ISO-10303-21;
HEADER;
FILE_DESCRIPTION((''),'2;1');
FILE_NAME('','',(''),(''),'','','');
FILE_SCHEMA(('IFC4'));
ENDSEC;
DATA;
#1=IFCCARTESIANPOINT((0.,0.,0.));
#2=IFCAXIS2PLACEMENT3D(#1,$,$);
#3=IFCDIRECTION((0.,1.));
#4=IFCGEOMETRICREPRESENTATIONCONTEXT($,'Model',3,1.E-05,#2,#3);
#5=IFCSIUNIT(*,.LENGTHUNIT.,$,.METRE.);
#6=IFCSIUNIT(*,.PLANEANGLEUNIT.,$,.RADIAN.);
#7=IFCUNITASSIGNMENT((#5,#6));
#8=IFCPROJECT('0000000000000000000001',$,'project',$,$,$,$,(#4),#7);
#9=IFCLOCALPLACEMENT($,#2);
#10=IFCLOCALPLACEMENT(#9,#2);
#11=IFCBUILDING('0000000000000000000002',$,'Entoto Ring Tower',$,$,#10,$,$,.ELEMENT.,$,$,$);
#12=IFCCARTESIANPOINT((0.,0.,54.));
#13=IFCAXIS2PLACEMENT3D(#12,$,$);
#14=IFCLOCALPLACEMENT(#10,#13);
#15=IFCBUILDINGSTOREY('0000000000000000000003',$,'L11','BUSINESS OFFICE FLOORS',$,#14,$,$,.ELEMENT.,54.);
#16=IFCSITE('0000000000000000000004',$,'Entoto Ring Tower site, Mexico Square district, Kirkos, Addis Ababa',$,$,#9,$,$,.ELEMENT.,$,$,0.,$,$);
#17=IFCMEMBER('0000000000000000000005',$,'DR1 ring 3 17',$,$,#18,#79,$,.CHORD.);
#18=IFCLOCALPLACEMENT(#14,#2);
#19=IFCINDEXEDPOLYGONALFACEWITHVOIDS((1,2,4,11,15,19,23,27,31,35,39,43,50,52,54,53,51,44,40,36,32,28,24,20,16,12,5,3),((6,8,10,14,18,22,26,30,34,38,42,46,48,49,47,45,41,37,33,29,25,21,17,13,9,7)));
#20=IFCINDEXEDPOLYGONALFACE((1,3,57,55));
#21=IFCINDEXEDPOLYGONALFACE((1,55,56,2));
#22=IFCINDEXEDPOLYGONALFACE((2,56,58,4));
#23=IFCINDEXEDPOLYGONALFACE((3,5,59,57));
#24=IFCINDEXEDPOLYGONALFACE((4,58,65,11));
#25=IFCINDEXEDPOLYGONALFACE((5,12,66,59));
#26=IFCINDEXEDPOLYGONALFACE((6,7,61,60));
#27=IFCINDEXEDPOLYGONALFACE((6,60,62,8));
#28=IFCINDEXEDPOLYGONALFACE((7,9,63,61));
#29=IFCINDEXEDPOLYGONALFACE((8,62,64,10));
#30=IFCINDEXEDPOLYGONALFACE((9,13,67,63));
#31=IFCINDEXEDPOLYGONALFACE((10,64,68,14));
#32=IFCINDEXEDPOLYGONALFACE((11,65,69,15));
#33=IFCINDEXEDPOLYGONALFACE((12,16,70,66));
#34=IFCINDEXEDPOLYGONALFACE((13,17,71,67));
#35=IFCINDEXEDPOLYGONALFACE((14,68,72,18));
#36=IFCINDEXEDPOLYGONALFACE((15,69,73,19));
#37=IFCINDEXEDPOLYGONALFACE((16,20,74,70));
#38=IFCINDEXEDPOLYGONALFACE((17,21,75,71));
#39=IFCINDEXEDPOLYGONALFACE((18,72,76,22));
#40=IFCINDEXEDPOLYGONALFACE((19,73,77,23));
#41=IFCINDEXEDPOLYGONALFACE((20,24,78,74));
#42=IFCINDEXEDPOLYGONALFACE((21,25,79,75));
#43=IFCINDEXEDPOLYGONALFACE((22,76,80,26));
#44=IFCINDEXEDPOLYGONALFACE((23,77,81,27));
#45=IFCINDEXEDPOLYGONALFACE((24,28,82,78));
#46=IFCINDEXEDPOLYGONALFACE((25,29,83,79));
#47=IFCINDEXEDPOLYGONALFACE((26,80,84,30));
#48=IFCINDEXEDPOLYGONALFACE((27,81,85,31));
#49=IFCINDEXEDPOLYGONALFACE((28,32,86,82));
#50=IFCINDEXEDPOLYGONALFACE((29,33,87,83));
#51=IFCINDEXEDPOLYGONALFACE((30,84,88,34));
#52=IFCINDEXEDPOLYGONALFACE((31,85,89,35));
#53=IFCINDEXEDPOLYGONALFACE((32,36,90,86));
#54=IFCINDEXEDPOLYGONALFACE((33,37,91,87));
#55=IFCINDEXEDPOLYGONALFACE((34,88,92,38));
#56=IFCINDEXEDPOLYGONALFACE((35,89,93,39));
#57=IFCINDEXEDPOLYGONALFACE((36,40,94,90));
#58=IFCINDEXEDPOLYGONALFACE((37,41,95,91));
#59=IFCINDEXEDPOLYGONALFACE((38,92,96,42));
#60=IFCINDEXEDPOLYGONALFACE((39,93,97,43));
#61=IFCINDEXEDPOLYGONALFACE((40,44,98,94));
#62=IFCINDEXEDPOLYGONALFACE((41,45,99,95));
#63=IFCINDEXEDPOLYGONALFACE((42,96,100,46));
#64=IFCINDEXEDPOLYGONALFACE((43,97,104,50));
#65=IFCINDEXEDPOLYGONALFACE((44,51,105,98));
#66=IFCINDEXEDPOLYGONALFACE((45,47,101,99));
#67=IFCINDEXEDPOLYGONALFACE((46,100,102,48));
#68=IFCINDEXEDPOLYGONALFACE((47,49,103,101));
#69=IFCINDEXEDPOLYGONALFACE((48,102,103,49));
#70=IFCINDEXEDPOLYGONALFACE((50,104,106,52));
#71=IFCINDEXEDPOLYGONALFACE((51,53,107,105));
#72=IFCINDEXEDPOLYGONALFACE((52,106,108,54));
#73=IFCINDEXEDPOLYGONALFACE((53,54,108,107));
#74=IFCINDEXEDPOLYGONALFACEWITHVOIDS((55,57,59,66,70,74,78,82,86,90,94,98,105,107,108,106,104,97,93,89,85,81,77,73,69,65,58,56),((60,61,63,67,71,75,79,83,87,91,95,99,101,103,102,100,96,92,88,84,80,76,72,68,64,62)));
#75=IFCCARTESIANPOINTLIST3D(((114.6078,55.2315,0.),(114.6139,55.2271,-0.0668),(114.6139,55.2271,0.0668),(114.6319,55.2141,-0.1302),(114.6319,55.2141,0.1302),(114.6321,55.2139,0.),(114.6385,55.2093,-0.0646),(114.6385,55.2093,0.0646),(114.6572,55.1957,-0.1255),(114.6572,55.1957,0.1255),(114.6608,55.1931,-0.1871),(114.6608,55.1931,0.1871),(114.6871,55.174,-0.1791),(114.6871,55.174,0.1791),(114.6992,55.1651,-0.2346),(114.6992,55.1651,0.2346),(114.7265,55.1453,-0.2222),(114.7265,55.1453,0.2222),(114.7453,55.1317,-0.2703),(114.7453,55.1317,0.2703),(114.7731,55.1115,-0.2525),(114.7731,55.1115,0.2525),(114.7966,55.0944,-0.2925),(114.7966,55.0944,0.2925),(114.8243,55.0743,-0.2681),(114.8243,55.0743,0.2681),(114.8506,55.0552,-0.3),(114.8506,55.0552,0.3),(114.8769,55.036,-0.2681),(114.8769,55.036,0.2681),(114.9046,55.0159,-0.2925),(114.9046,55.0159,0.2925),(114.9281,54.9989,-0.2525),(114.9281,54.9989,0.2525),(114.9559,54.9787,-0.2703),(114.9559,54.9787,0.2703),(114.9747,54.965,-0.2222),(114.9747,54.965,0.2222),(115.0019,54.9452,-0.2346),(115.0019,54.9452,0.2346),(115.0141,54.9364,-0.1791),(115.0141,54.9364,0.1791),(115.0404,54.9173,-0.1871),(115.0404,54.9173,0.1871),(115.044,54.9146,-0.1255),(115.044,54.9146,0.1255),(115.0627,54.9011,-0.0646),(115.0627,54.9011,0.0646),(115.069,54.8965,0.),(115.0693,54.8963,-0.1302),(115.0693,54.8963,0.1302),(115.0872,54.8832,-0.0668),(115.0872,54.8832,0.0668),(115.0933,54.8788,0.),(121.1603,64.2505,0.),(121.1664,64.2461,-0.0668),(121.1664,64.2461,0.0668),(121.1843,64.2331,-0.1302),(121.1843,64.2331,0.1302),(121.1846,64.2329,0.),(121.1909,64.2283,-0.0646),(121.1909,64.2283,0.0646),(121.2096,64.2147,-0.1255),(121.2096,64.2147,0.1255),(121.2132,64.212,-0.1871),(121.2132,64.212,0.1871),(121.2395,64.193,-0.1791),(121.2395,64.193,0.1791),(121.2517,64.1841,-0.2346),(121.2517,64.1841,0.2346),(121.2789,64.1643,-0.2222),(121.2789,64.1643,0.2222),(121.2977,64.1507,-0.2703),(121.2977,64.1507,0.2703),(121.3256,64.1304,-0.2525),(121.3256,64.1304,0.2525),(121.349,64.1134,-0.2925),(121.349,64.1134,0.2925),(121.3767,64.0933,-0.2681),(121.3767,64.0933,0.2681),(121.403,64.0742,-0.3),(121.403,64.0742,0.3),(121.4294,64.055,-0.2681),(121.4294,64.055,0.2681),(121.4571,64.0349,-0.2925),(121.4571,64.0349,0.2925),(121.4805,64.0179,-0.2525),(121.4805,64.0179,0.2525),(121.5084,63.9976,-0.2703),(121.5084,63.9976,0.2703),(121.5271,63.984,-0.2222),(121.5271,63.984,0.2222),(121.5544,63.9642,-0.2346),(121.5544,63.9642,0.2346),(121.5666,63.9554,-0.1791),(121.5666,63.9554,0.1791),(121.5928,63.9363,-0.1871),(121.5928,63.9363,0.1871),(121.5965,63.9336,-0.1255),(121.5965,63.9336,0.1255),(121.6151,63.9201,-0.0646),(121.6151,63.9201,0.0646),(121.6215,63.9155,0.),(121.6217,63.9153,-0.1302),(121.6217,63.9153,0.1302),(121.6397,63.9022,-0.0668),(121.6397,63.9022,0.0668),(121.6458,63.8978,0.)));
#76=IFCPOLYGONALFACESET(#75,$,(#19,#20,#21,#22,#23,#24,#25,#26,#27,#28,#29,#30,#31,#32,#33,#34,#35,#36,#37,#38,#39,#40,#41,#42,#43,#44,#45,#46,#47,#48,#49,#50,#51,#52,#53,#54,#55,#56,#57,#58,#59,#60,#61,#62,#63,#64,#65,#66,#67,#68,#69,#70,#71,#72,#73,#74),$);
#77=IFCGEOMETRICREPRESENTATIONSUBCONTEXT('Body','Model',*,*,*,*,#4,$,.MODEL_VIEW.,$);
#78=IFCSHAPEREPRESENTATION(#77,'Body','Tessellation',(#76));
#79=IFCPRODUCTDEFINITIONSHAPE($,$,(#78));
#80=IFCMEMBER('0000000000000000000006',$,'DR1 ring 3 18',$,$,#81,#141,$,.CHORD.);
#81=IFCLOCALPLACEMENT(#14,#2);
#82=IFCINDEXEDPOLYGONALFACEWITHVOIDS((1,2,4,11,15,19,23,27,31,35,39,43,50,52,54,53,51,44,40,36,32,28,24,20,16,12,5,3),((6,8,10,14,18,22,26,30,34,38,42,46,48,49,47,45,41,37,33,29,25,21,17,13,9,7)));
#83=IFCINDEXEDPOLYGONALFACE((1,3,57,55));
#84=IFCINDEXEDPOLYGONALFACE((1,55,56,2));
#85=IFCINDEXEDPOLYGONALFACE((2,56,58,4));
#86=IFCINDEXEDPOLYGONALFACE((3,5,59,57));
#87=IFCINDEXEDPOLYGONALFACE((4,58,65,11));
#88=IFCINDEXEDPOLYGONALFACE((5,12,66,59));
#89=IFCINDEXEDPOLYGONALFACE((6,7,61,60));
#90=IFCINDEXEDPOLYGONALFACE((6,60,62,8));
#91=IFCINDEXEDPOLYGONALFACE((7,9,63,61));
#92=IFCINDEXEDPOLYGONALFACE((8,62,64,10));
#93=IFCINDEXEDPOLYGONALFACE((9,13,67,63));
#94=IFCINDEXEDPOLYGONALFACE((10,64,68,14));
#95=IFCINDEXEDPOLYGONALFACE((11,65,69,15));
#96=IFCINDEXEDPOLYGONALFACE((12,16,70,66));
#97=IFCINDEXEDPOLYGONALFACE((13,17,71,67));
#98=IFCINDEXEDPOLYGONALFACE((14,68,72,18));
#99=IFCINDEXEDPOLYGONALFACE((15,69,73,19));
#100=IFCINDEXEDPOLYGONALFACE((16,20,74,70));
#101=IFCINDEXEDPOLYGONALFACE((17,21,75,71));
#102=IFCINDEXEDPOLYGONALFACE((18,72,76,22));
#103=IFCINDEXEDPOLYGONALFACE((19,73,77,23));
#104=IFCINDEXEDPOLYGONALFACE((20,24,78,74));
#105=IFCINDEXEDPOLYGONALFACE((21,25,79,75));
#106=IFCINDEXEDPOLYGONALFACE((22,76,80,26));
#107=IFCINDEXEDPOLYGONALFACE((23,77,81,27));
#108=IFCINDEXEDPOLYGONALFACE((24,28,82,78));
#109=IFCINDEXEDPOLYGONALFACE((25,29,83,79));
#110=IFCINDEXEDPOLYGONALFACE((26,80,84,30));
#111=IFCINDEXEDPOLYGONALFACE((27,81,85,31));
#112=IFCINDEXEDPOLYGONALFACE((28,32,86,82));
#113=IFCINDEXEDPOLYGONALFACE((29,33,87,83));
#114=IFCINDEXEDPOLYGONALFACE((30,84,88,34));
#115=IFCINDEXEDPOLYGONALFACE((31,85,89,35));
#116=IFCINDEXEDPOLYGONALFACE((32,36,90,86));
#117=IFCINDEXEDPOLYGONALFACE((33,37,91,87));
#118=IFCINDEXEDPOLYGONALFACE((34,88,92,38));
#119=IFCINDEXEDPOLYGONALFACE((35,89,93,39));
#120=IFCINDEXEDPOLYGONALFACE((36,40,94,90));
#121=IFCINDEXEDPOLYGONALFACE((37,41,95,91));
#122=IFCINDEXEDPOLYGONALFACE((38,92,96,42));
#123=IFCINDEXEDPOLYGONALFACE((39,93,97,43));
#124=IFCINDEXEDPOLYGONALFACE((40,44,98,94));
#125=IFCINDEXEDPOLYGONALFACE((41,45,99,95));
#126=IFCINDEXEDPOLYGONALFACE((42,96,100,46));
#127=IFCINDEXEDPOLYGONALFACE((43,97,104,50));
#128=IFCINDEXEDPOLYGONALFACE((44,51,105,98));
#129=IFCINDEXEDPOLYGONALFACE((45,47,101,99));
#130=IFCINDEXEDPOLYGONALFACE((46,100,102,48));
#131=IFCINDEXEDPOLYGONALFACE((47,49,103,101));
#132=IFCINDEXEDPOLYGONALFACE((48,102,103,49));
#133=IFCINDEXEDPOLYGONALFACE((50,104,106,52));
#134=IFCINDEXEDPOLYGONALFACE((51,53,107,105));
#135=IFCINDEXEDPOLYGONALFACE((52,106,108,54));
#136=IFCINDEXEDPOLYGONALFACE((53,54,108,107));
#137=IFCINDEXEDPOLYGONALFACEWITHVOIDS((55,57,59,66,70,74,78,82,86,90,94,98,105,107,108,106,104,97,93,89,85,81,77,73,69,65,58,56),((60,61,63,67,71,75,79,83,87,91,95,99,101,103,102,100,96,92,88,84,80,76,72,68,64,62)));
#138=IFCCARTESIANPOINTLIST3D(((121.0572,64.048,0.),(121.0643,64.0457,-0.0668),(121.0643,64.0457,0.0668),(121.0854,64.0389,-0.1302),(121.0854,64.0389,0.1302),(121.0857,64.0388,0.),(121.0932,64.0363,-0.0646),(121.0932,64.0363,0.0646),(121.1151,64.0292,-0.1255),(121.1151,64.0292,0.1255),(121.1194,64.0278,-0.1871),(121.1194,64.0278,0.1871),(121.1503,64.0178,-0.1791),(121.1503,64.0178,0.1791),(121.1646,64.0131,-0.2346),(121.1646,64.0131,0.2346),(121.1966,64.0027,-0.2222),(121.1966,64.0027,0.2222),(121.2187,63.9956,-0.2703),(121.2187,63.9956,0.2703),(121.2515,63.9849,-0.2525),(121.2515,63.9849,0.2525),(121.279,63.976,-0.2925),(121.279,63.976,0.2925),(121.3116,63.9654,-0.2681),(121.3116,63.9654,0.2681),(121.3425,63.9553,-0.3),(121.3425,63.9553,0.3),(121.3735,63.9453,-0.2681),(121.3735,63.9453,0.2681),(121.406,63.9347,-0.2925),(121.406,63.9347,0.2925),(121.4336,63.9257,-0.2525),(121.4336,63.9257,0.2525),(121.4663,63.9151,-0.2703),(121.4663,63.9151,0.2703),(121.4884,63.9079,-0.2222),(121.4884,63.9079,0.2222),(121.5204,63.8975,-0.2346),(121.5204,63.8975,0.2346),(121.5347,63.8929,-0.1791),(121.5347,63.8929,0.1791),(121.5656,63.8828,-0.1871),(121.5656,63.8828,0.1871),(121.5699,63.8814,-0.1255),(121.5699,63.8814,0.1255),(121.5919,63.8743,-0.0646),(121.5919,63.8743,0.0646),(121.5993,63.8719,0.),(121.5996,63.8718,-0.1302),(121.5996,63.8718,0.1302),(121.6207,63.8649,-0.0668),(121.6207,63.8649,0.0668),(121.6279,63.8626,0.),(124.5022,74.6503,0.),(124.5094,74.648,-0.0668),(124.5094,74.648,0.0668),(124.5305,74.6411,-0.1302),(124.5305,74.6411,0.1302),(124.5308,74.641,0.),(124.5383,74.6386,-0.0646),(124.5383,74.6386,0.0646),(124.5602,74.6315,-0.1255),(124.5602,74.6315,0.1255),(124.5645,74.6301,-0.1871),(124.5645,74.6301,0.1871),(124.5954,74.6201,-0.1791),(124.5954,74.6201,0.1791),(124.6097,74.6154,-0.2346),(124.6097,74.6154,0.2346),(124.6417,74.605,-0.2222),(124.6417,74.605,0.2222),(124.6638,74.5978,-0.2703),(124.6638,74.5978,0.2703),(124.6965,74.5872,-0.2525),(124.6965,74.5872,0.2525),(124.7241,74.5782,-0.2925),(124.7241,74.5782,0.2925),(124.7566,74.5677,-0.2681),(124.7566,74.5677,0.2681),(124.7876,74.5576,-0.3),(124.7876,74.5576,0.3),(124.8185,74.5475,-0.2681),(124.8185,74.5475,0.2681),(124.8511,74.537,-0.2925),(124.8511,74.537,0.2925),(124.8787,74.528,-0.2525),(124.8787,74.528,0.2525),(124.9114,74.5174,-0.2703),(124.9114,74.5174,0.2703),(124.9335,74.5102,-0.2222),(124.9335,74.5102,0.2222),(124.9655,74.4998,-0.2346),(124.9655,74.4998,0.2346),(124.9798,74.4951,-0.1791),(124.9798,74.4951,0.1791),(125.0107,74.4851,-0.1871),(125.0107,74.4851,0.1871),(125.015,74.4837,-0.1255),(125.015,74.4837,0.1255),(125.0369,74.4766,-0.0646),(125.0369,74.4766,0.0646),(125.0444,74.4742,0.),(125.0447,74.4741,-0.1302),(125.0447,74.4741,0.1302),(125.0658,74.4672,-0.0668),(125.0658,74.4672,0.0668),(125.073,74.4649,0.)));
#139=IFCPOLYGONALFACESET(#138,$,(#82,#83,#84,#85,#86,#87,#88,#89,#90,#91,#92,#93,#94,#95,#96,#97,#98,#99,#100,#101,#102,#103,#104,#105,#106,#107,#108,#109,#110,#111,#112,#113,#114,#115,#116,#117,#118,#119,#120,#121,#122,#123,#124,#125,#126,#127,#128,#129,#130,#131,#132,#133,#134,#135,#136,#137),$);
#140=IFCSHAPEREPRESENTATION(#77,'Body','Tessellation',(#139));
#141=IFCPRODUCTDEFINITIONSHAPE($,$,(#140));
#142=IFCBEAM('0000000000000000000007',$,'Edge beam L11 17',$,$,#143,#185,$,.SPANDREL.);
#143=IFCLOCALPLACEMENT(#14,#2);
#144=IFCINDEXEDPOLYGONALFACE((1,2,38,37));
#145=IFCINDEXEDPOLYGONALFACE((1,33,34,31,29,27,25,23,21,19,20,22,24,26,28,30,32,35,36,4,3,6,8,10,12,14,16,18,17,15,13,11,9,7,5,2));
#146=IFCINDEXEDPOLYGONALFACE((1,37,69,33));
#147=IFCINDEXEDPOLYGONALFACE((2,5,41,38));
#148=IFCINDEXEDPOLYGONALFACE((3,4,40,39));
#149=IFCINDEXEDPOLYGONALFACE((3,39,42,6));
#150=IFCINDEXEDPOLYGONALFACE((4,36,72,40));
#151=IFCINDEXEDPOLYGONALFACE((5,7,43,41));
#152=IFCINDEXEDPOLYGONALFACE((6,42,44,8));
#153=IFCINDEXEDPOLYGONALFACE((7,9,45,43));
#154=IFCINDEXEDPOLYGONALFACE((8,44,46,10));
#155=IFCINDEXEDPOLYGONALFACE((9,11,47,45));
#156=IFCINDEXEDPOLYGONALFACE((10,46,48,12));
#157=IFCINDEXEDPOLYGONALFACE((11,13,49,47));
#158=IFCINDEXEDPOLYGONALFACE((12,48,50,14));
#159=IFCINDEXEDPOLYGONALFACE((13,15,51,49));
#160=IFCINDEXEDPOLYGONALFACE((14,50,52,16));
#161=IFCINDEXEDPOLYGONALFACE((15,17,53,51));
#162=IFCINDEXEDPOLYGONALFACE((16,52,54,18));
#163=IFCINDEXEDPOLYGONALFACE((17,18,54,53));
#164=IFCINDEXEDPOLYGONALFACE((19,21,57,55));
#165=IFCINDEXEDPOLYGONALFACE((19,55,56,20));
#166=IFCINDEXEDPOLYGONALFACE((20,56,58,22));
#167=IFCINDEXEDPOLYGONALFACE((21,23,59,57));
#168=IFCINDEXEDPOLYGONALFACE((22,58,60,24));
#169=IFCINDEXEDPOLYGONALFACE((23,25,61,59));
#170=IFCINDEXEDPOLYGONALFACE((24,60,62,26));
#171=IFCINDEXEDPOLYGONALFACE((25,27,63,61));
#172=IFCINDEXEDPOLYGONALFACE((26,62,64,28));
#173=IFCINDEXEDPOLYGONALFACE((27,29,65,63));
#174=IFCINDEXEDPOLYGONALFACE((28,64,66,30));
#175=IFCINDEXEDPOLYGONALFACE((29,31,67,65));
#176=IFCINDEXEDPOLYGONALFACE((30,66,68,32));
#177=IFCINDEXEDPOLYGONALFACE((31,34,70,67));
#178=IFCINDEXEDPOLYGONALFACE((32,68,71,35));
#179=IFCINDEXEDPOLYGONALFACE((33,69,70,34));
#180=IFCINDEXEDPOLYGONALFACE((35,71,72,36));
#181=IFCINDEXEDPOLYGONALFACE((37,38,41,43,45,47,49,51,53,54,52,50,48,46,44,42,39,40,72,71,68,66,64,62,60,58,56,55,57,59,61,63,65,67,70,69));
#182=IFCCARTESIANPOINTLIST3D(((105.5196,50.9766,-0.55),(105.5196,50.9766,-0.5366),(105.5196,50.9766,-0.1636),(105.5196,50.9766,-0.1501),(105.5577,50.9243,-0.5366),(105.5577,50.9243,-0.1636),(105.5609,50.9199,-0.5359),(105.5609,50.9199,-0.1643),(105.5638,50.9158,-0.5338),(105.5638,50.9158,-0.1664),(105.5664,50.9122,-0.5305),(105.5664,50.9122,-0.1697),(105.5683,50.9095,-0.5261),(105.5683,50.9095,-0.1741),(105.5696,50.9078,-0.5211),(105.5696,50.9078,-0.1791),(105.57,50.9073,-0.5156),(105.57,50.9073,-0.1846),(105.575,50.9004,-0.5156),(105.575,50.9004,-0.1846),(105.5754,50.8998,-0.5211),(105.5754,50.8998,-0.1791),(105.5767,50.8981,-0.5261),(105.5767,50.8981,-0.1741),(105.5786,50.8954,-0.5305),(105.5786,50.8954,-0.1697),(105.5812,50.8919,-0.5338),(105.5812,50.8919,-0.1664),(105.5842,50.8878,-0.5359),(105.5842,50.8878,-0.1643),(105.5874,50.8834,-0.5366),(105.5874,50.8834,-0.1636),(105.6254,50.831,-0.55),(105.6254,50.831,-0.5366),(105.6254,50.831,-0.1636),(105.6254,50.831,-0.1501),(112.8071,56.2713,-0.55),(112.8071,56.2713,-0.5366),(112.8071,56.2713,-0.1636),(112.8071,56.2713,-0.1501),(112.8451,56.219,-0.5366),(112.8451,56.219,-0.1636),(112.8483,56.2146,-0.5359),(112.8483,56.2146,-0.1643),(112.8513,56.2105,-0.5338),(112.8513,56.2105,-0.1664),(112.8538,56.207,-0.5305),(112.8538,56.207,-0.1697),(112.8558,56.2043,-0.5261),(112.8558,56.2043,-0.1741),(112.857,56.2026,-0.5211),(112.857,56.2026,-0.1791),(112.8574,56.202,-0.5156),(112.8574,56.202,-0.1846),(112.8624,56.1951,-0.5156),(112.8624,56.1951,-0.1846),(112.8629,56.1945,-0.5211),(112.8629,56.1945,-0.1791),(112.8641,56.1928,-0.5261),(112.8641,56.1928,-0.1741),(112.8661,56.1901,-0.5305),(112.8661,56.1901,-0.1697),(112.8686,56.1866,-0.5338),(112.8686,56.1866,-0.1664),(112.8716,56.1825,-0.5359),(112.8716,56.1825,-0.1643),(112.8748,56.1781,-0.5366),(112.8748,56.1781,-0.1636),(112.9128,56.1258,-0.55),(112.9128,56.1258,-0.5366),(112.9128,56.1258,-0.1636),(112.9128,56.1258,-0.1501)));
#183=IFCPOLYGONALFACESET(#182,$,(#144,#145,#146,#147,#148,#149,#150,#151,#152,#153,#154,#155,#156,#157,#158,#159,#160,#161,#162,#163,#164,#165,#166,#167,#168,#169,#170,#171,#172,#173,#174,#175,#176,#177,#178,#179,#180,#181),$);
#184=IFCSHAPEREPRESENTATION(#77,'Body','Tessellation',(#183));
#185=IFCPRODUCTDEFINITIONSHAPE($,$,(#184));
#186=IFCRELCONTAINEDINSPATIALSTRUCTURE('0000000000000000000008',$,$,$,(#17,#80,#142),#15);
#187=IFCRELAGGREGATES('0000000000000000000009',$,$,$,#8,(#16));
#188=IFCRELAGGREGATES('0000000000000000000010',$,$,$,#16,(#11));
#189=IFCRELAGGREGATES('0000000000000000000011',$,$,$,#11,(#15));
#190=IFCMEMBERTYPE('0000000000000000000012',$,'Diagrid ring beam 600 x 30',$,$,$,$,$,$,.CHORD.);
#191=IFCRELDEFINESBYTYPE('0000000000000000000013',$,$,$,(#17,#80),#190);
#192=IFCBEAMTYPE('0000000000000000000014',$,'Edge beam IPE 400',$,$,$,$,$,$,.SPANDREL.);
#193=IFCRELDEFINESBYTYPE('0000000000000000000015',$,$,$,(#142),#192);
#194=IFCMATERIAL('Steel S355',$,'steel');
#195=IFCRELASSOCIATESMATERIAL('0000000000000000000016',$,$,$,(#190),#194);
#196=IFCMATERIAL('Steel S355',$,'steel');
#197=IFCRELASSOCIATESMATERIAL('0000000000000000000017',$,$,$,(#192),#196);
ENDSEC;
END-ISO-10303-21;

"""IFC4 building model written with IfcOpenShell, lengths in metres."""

from ifc_helpers import new_model, si_unit, direction, frame, origin, origin_2d, place, context, subcontext, project, spatial, circle, hollow_circle, i_section, extrude, material, material_profile, profile_set, type_object, element, save


model = new_model("IFC4")

# Units and contexts
model_context = context("Model", 3, precision=1e-05, world=origin(), true_north=direction((0.0, 1.0)))
body_context = subcontext(model_context, "Body", "Model", "MODEL_VIEW")
ifc_project = project(units=[si_unit("LENGTHUNIT", "METRE"), si_unit("PLANEANGLEUNIT", "RADIAN")], contexts=[model_context])

# Site, building, storey
site_placement = place(None, origin())
site = spatial("IfcSite", under=ifc_project, at=site_placement, Name="Entoto Ring Tower site, Mexico Square district, Kirkos, Addis Ababa", CompositionType="ELEMENT", RefElevation=0.0)
building_placement = place(site_placement, origin())
building = spatial("IfcBuilding", under=site, at=building_placement, Name="Entoto Ring Tower", CompositionType="ELEMENT")
storey_placement = place(building_placement, frame((0.0, 0.0, 54.0)))
storey = spatial("IfcBuildingStorey", under=building, at=storey_placement, Name="L11", Description="BUSINESS OFFICE FLOORS", CompositionType="ELEMENT", Elevation=54.0)

# Members
ifc_material_1 = material(Name="Steel S355", Category="steel")
ifc_material_profile_1 = material_profile(ifc_material_1, hollow_circle(Radius=0.3, WallThickness=0.03, at=origin_2d()), Name="CHS 600 x 30")
ifc_material_2 = material(Name="Concrete C60/75", Category="concrete")
ifc_material_profile_2 = material_profile(ifc_material_2, circle(Radius=0.27, at=origin_2d()), Name="Concrete C60/75 infill")
ifc_profile_set_1 = profile_set([ifc_material_profile_1, ifc_material_profile_2], Name="Steel S355")
member_type_1 = type_object("IfcMemberType", Name="Diagrid ring beam 600 x 30", PredefinedType="CHORD", material=ifc_profile_set_1)
for number, where, z_axis, x_axis, name in (
    (1, (114.8506, 55.0552, 0.0), (0.587772, 0.809027, 0.0), (-0.809027, 0.587772, 0.0), "DR1 ring 3 17"),
    (2, (121.3425, 63.9553, 0.0), (0.309031, 0.951052, 0.0), (-0.951052, 0.309031, 0.0), "DR1 ring 3 18"),
):
    element("IfcMember", number, at=place(storey_placement, frame(where, z_axis=z_axis, x_axis=x_axis)), inside=storey, type_object=member_type_1, Name=name, PredefinedType="CHORD", context=body_context, shape_type="SweptSolid", body=[
        extrude(hollow_circle(Radius=0.3, WallThickness=0.03, at=origin_2d()), origin(), (0.0, 0.0, 1.0), 11.1479),
    ])

# Beam
ifc_material_3 = material(Name="Steel S355", Category="steel")
ifc_material_profile_3 = material_profile(ifc_material_3, i_section(OverallWidth=0.1799, OverallDepth=0.3999, WebThickness=0.0085, FlangeThickness=0.0134, FilletRadius=0.021, at=origin_2d()), Name="IPE 400")
ifc_profile_set_2 = profile_set([ifc_material_profile_3], Name="Steel S355")
beam_type = type_object("IfcBeamType", Name="Edge beam IPE 400", PredefinedType="SPANDREL", material=ifc_profile_set_2)
for number, where, z_axis, x_axis, name in (
    (3, (105.5725, 50.9038, -0.3501), (0.809011, 0.587793, 0.0), (-0.587793, 0.809011, 0.0), "Edge beam L11 17"),
):
    element("IfcBeam", number, at=place(storey_placement, frame(where, z_axis=z_axis, x_axis=x_axis)), inside=storey, type_object=beam_type, Name=name, PredefinedType="SPANDREL", context=body_context, shape_type="SweptSolid", body=[
        extrude(i_section(OverallWidth=0.1799, OverallDepth=0.3999, WebThickness=0.0085, FlangeThickness=0.0134, FilletRadius=0.021, at=origin_2d()), origin(), (0.0, 0.0, 1.0), 9.0078),
    ])

save(model, "model.ifc")
